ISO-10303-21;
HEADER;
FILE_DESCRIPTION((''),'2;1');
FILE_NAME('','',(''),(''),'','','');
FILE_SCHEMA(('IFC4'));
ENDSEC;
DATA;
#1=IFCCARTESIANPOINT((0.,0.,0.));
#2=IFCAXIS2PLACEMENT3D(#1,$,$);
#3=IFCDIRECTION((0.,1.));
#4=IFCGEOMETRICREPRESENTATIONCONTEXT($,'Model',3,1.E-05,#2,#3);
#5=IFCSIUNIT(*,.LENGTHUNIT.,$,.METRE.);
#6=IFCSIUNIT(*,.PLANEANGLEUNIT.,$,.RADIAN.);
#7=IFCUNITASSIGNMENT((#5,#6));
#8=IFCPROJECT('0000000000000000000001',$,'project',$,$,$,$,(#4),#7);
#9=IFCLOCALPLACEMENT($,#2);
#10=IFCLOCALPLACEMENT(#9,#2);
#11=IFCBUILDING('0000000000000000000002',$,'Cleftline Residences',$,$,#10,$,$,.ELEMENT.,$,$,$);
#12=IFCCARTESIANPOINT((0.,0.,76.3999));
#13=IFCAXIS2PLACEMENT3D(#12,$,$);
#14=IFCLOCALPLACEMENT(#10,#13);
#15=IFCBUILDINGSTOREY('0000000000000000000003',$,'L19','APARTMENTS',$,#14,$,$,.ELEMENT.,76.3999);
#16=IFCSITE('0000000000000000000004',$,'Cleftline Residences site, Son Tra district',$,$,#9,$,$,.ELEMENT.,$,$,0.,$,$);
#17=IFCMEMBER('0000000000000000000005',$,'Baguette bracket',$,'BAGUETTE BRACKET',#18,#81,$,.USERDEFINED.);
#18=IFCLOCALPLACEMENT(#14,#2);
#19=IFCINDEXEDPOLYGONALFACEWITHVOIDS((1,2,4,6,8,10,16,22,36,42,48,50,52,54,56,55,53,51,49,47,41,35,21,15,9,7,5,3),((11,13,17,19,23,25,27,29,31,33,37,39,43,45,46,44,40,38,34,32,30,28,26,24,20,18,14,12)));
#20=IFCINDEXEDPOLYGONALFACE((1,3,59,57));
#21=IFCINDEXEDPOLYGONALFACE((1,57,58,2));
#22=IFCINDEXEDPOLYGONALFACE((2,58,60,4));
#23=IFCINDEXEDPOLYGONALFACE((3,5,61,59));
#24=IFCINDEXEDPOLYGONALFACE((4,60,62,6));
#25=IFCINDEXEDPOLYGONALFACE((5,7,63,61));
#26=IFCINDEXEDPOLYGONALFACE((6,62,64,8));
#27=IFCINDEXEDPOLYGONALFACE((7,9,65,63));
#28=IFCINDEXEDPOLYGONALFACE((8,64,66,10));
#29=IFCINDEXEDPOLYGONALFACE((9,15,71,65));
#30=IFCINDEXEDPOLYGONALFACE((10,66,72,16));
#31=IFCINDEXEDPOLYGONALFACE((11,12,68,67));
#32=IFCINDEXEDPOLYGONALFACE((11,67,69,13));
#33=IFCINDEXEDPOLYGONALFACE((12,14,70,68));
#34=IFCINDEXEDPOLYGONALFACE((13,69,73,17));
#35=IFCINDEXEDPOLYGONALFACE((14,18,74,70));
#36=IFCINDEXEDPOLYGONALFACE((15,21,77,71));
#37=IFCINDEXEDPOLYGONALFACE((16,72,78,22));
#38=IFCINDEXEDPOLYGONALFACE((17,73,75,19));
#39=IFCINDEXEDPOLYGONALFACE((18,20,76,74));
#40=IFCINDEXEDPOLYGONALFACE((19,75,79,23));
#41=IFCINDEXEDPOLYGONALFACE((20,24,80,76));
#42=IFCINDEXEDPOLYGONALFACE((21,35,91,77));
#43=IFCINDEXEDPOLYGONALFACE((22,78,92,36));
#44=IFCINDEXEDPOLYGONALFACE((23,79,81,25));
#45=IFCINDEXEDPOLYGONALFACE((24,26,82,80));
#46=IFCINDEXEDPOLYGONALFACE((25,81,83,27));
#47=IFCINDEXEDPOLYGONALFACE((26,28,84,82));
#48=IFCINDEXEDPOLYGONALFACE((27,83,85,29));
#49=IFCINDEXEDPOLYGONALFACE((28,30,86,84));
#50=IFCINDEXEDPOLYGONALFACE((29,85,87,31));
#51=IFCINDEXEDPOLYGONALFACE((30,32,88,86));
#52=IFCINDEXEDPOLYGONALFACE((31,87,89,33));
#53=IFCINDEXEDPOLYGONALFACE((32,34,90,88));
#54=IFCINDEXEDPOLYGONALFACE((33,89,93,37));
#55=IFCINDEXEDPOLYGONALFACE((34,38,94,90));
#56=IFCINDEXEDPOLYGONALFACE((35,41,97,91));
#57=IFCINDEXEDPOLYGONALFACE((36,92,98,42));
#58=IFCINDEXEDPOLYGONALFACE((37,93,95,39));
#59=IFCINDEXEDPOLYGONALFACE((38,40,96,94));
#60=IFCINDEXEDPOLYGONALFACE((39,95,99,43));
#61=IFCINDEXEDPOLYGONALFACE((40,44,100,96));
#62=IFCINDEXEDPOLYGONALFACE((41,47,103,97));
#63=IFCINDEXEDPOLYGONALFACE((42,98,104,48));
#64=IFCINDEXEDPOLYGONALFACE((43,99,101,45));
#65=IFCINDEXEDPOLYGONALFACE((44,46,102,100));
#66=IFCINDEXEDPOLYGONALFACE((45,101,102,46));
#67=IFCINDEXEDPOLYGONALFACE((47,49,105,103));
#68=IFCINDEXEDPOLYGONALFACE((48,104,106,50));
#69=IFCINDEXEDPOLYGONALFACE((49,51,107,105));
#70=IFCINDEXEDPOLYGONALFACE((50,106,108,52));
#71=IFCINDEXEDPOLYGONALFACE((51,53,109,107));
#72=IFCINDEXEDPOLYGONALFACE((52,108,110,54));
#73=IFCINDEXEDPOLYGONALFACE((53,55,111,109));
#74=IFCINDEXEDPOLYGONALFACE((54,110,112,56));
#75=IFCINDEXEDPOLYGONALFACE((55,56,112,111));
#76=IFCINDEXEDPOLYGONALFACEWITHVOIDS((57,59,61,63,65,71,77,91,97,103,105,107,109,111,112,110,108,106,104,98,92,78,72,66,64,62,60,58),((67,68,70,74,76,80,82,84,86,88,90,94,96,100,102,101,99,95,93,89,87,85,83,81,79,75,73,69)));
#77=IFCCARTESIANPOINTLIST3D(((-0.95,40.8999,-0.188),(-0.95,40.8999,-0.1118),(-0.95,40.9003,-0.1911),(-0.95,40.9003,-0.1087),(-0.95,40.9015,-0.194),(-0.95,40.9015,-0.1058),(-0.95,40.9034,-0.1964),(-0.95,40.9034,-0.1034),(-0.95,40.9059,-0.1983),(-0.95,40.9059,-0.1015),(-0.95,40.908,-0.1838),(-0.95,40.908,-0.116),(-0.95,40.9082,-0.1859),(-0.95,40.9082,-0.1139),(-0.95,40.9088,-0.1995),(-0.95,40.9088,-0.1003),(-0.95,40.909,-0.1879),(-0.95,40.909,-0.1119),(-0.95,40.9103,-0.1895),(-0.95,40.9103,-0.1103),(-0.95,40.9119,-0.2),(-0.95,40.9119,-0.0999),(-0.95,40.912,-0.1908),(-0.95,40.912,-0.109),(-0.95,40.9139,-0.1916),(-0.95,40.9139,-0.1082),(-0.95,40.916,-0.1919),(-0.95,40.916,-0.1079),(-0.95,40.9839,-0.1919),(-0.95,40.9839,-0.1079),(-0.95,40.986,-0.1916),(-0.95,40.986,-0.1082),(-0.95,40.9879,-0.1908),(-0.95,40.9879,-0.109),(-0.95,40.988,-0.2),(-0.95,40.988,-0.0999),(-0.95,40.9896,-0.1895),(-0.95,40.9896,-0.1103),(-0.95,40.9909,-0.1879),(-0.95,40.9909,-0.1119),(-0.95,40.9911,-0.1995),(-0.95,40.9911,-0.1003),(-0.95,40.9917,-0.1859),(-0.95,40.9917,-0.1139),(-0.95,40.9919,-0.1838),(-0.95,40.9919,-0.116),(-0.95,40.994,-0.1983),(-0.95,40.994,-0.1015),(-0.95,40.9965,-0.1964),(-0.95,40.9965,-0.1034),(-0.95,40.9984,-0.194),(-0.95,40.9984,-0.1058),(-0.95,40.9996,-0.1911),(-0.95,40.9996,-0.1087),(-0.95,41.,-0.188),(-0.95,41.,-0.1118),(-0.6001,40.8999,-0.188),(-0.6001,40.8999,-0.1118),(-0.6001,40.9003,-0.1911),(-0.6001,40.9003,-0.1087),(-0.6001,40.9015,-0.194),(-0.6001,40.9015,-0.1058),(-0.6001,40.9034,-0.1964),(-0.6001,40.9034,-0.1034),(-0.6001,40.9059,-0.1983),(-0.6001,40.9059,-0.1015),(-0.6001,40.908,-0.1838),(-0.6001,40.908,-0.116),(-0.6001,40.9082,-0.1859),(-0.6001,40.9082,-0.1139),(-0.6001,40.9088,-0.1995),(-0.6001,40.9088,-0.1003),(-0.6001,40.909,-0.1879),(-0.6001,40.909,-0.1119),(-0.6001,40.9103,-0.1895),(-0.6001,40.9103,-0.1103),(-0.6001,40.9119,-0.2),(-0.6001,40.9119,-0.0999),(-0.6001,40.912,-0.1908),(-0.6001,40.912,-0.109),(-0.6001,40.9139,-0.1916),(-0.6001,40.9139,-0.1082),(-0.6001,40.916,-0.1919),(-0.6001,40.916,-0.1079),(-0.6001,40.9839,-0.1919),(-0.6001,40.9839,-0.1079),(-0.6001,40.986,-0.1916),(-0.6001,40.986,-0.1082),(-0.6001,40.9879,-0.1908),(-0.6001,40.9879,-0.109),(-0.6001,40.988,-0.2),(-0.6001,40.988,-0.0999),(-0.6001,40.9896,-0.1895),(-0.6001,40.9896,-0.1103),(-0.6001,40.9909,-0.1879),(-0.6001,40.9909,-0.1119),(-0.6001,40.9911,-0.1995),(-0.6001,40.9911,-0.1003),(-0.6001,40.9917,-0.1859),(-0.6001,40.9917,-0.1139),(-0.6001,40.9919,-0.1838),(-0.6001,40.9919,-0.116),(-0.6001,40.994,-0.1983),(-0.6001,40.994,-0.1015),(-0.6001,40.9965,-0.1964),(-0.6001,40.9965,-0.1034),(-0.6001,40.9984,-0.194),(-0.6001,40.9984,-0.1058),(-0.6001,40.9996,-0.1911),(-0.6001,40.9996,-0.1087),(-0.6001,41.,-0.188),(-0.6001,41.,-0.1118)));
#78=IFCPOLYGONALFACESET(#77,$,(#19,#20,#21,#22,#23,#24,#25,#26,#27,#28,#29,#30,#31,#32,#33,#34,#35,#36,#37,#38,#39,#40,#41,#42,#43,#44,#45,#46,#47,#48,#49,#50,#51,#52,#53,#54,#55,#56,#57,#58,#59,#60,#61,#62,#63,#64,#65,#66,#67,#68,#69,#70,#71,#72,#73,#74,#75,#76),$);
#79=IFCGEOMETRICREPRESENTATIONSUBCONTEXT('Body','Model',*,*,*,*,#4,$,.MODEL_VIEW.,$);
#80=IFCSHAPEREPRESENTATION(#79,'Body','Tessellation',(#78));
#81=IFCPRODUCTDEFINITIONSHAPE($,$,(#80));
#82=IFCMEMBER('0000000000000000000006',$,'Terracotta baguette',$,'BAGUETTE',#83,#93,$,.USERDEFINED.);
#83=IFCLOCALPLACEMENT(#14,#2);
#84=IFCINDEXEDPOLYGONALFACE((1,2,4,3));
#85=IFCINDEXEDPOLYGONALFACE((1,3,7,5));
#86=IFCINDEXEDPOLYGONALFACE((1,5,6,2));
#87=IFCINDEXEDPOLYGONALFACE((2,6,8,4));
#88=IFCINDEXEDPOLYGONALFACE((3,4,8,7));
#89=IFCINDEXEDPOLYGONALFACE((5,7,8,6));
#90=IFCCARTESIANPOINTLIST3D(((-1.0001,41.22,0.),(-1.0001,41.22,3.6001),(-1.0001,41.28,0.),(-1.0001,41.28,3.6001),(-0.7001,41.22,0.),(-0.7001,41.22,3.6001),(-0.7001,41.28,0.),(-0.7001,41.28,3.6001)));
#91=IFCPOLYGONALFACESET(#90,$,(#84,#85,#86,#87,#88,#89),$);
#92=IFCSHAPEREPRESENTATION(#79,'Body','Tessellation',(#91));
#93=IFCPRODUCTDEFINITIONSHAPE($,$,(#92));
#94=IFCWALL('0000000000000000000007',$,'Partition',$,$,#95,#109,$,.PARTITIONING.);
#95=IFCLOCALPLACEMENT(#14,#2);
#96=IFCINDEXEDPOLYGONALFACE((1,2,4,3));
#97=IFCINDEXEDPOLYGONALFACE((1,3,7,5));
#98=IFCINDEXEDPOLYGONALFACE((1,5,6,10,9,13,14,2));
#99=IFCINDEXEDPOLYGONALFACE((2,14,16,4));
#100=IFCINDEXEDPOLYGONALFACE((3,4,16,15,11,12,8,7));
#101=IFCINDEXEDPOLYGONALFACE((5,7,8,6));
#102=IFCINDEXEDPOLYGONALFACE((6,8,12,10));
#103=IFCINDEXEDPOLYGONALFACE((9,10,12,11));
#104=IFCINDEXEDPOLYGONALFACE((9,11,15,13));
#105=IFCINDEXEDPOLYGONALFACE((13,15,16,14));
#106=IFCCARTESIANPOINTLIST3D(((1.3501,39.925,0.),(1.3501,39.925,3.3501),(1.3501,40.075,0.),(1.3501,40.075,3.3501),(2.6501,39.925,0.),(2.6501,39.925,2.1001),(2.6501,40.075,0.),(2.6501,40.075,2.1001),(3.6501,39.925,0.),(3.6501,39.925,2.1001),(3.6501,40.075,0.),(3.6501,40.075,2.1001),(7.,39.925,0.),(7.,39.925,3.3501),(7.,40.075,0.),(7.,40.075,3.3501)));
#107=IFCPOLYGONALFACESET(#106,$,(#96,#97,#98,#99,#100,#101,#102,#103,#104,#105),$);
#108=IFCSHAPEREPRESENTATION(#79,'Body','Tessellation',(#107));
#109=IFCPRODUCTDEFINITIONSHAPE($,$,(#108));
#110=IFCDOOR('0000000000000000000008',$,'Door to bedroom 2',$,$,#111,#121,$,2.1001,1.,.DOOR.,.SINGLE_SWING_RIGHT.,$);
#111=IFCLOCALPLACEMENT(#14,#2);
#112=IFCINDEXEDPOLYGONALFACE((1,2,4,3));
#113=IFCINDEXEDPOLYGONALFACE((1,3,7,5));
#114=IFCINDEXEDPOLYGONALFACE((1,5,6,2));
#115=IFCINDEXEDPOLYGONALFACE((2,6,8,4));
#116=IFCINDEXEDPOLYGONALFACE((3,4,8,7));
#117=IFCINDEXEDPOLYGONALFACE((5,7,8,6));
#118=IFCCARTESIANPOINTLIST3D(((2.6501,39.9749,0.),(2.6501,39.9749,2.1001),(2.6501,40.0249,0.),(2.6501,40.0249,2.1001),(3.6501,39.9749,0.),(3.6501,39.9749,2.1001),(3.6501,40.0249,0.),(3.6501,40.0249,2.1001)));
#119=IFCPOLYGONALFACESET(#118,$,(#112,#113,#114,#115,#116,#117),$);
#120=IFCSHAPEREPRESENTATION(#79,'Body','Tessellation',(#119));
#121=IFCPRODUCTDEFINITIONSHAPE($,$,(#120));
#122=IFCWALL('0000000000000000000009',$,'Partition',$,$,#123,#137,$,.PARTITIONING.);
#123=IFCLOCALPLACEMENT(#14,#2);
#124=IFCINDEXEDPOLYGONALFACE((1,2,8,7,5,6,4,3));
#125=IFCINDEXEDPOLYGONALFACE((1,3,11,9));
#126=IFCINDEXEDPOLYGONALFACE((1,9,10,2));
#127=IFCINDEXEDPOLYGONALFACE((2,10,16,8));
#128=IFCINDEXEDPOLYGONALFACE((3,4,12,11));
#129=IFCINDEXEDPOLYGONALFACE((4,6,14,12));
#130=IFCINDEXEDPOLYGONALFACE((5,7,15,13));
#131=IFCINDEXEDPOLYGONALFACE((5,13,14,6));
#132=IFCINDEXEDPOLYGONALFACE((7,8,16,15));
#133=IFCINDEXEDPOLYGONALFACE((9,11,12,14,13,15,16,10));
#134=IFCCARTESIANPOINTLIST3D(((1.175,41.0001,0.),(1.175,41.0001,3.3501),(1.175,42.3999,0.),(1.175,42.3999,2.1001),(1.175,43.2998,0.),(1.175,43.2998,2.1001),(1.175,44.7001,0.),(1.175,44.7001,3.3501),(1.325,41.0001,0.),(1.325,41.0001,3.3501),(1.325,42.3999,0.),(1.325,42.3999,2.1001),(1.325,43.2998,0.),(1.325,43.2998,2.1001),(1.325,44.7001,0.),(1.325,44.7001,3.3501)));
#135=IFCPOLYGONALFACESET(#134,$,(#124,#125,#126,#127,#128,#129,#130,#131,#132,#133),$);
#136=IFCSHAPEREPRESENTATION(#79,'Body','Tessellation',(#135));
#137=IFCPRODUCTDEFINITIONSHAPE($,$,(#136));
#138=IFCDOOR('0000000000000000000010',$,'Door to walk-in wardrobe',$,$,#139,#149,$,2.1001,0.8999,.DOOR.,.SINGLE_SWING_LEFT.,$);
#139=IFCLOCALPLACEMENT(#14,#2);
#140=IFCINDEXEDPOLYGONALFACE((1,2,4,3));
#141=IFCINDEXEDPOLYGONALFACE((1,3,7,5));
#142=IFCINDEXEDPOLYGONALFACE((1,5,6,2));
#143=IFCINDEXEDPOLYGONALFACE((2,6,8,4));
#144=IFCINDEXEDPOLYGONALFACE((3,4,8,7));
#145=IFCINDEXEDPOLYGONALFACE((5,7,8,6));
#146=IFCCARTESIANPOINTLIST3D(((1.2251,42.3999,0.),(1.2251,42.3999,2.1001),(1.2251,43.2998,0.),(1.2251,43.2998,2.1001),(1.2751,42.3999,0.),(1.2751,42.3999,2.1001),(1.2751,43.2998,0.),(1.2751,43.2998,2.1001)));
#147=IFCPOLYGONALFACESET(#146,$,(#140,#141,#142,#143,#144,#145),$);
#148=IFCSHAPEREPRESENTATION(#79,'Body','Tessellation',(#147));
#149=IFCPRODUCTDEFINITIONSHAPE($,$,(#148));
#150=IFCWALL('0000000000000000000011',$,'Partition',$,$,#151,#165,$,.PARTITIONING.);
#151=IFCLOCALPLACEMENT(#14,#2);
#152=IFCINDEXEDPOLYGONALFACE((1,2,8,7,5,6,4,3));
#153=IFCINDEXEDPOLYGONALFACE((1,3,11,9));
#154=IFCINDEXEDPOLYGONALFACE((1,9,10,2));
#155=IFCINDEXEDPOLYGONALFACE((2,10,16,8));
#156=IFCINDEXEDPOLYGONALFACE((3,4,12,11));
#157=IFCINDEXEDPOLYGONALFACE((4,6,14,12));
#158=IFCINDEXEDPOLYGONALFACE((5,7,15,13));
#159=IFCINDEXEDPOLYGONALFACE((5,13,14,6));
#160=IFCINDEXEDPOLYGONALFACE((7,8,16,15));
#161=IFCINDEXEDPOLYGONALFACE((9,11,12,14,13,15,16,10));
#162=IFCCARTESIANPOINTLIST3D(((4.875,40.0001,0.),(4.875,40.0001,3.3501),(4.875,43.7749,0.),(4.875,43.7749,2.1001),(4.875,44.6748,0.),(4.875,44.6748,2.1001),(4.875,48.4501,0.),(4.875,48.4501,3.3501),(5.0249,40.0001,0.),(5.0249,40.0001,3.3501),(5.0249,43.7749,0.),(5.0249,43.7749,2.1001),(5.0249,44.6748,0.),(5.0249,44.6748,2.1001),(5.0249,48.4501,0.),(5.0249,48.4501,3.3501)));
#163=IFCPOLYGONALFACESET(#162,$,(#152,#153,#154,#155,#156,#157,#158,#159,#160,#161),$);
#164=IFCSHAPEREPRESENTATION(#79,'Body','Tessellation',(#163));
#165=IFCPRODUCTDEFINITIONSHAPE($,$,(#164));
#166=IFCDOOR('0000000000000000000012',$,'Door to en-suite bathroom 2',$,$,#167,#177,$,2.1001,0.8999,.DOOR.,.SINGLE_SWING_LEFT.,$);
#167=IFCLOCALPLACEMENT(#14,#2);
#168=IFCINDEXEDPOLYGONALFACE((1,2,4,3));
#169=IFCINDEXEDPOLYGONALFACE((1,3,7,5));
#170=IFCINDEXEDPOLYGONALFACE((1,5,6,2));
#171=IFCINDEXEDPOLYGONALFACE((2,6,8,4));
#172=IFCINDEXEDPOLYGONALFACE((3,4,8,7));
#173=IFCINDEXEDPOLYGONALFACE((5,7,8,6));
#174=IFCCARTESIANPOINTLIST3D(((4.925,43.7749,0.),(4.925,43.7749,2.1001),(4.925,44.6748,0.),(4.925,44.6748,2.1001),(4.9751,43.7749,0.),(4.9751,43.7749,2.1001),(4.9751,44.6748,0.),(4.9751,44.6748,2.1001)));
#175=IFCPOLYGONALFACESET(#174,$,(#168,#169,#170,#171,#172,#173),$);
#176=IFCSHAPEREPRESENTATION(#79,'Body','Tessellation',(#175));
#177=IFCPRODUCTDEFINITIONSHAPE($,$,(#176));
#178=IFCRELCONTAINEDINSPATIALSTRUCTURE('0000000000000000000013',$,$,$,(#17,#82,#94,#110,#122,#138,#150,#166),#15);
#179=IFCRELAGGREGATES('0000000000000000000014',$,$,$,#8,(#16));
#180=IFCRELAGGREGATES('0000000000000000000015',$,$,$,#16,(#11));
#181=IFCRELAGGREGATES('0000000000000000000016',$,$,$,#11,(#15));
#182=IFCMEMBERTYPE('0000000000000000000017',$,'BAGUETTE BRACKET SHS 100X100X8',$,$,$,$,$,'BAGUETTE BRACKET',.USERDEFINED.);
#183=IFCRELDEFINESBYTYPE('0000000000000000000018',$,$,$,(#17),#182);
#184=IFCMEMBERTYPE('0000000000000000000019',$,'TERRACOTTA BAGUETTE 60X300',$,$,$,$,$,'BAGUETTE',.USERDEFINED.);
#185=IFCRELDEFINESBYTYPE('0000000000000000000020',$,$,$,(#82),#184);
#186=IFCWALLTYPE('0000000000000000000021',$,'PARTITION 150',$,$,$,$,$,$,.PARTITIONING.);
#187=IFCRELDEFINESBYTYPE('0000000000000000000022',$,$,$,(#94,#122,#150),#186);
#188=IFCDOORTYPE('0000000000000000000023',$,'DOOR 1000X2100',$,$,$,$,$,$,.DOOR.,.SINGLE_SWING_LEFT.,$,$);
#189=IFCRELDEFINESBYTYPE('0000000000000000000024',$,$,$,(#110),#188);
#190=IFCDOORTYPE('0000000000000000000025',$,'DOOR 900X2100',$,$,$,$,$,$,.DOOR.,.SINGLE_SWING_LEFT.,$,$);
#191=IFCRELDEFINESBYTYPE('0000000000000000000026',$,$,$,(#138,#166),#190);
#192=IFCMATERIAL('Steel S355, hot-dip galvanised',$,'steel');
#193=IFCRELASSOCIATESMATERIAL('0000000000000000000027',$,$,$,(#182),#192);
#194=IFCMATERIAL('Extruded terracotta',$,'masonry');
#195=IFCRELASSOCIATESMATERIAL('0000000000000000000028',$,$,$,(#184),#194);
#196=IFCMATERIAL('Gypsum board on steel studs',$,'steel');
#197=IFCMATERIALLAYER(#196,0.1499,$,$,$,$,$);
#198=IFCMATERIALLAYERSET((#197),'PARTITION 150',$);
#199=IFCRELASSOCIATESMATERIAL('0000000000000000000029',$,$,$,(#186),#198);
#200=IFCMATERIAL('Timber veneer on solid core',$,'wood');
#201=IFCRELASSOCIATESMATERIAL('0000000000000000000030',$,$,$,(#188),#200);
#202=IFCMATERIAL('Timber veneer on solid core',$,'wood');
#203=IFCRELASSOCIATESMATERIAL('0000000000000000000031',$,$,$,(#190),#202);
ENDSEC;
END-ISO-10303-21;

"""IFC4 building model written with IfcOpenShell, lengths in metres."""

from ifc_helpers import new_model, si_unit, direction, frame, frame_2d, origin, origin_2d, place, context, subcontext, project, spatial, rectangle, hollow_rectangle, extrude, material, layer, layer_set, material_profile, profile_set, type_object, element, fill, save


model = new_model("IFC4")

# Units and contexts
model_context = context("Model", 3, precision=1e-05, world=origin(), true_north=direction((0.0, 1.0)))
body_context = subcontext(model_context, "Body", "Model", "MODEL_VIEW")
ifc_project = project(units=[si_unit("LENGTHUNIT", "METRE"), si_unit("PLANEANGLEUNIT", "RADIAN")], contexts=[model_context])

# Site, building, storey
site_placement = place(None, origin())
site = spatial("IfcSite", under=ifc_project, at=site_placement, Name="Cleftline Residences site, Son Tra district", CompositionType="ELEMENT", RefElevation=0.0)
building_placement = place(site_placement, origin())
building = spatial("IfcBuilding", under=site, at=building_placement, Name="Cleftline Residences", CompositionType="ELEMENT")
storey_placement = place(building_placement, frame((0.0, 0.0, 76.3999)))
storey = spatial("IfcBuildingStorey", under=building, at=storey_placement, Name="L19", Description="APARTMENTS", CompositionType="ELEMENT", Elevation=76.3999)

# Members
ifc_material_1 = material(Name="Steel S355, hot-dip galvanised", Category="steel")
ifc_material_profile_1 = material_profile(ifc_material_1, hollow_rectangle(XDim=0.1001, YDim=0.1001, WallThickness=0.0081, InnerFilletRadius=0.0081, OuterFilletRadius=0.012, at=origin_2d()))
ifc_profile_set_1 = profile_set([ifc_material_profile_1], Name="Steel S355, hot-dip galvanised")
member_type_1 = type_object("IfcMemberType", Name="BAGUETTE BRACKET SHS 100X100X8", ElementType="BAGUETTE BRACKET", PredefinedType="USERDEFINED", material=ifc_profile_set_1)
member_1_placement = place(storey_placement, frame((-0.6001, 40.95, -0.1499), z_axis=(-1.0, 0.0, 0.0), x_axis=(0.0, -1.0, 0.0)))
element("IfcMember", 1, at=member_1_placement, inside=storey, type_object=member_type_1, Name="Baguette bracket", ObjectType="BAGUETTE BRACKET", PredefinedType="USERDEFINED", context=body_context, shape_type="SweptSolid", body=[
    extrude(hollow_rectangle(XDim=0.1001, YDim=0.1001, WallThickness=0.0081, InnerFilletRadius=0.0081, OuterFilletRadius=0.012, at=origin_2d()), origin(), (0.0, 0.0, 1.0), 0.3499),
])
ifc_material_2 = material(Name="Extruded terracotta", Category="masonry")
ifc_material_profile_2 = material_profile(ifc_material_2, rectangle(XDim=0.0601, YDim=0.3, at=origin_2d()))
ifc_profile_set_2 = profile_set([ifc_material_profile_2], Name="Extruded terracotta")
member_type_2 = type_object("IfcMemberType", Name="TERRACOTTA BAGUETTE 60X300", ElementType="BAGUETTE", PredefinedType="USERDEFINED", material=ifc_profile_set_2)
member_2_placement = place(storey_placement, frame((-0.8501, 41.25, 0.0), z_axis=(0.0, 0.0, 1.0), x_axis=(0.0, 1.0, 0.0)))
element("IfcMember", 2, at=member_2_placement, inside=storey, type_object=member_type_2, Name="Terracotta baguette", ObjectType="BAGUETTE", PredefinedType="USERDEFINED", context=body_context, shape_type="SweptSolid", body=[
    extrude(rectangle(XDim=0.0601, YDim=0.3, at=origin_2d()), origin(), (0.0, 0.0, 1.0), 3.6001),
])

# Walls, openings, doors
ifc_material_3 = material(Name="Gypsum board on steel studs", Category="steel")
ifc_layer = layer(ifc_material_3, 0.1499)
ifc_layer_set = layer_set([ifc_layer], Name="PARTITION 150")
wall_type = type_object("IfcWallType", Name="PARTITION 150", PredefinedType="PARTITIONING", material=ifc_layer_set)
wall_1_placement = place(storey_placement, frame((1.3501, 40.0, 0.0), z_axis=(0.0, 0.0, 1.0), x_axis=(1.0, 0.0, 0.0)))
wall_1 = element("IfcWall", 3, at=wall_1_placement, inside=storey, type_object=wall_type, Name="Partition", PredefinedType="PARTITIONING", context=body_context, shape_type="SweptSolid", body=[
    extrude(rectangle(XDim=5.6499, YDim=0.1499, at=frame_2d((2.825, 0.0))), origin(), (0.0, 0.0, 1.0), 3.3501),
])
opening_1_placement = place(wall_1_placement, frame((1.3, 0.0, 0.0)))
opening_1 = element("IfcOpeningElement", 4, at=opening_1_placement, cuts=wall_1, PredefinedType="OPENING", context=body_context, shape_type="SweptSolid", body=[
    extrude(rectangle(XDim=1.0, YDim=2.1001, at=frame_2d((0.5, 1.05))), frame((0.0, 0.085, 0.0), z_axis=(0.0, -1.0, 0.0), x_axis=(1.0, 0.0, 0.0)), (0.0, 0.0, 1.0), 0.1699),
])
ifc_material_4 = material(Name="Timber veneer on solid core", Category="wood")
door_type_1 = type_object("IfcDoorType", Name="DOOR 1000X2100", OperationType="SINGLE_SWING_LEFT", PredefinedType="DOOR", material=ifc_material_4)
door_1_placement = place(opening_1_placement, origin())
door_1 = element("IfcDoor", 5, at=door_1_placement, inside=storey, type_object=door_type_1, Name="Door to bedroom 2", OperationType="SINGLE_SWING_RIGHT", OverallHeight=2.1001, OverallWidth=1.0, PredefinedType="DOOR", context=body_context, shape_type="SweptSolid", body=[
    extrude(rectangle(XDim=1.0, YDim=2.1001, at=frame_2d((0.5, 1.05))), frame((0.0, 0.0249, 0.0), z_axis=(0.0, -1.0, 0.0), x_axis=(1.0, 0.0, 0.0)), (0.0, 0.0, 1.0), 0.05),
])
fill(opening_1, door_1)
wall_2_placement = place(storey_placement, frame((1.25, 41.0, 0.0), z_axis=(0.0, 0.0, 1.0), x_axis=(0.0, 1.0, 0.0)))
wall_2 = element("IfcWall", 6, at=wall_2_placement, inside=storey, type_object=wall_type, Name="Partition", PredefinedType="PARTITIONING", context=body_context, shape_type="SweptSolid", body=[
    extrude(rectangle(XDim=3.7, YDim=0.1499, at=frame_2d((1.8501, 0.0))), origin(), (0.0, 0.0, 1.0), 3.3501),
])
opening_2_placement = place(wall_2_placement, frame((1.3999, 0.0, 0.0)))
opening_2 = element("IfcOpeningElement", 7, at=opening_2_placement, cuts=wall_2, PredefinedType="OPENING", context=body_context, shape_type="SweptSolid", body=[
    extrude(rectangle(XDim=0.8999, YDim=2.1001, at=frame_2d((0.45, 1.05))), frame((0.0, 0.085, 0.0), z_axis=(0.0, -1.0, 0.0), x_axis=(1.0, 0.0, 0.0)), (0.0, 0.0, 1.0), 0.1699),
])
ifc_material_5 = material(Name="Timber veneer on solid core", Category="wood")
door_type_2 = type_object("IfcDoorType", Name="DOOR 900X2100", OperationType="SINGLE_SWING_LEFT", PredefinedType="DOOR", material=ifc_material_5)
door_2_placement = place(opening_2_placement, origin())
door_2 = element("IfcDoor", 8, at=door_2_placement, inside=storey, type_object=door_type_2, Name="Door to walk-in wardrobe", OperationType="SINGLE_SWING_LEFT", OverallHeight=2.1001, OverallWidth=0.8999, PredefinedType="DOOR", context=body_context, shape_type="SweptSolid", body=[
    extrude(rectangle(XDim=0.8999, YDim=2.1001, at=frame_2d((0.45, 1.05))), frame((0.0, 0.0249, 0.0), z_axis=(0.0, -1.0, 0.0), x_axis=(1.0, 0.0, 0.0)), (0.0, 0.0, 1.0), 0.05),
])
fill(opening_2, door_2)
wall_3_placement = place(storey_placement, frame((4.95, 40.0, 0.0), z_axis=(0.0, 0.0, 1.0), x_axis=(0.0, 1.0, 0.0)))
wall_3 = element("IfcWall", 9, at=wall_3_placement, inside=storey, type_object=wall_type, Name="Partition", PredefinedType="PARTITIONING", context=body_context, shape_type="SweptSolid", body=[
    extrude(rectangle(XDim=8.45, YDim=0.1499, at=frame_2d((4.2251, 0.0))), origin(), (0.0, 0.0, 1.0), 3.3501),
])
opening_3_placement = place(wall_3_placement, frame((3.7749, 0.0, 0.0)))
opening_3 = element("IfcOpeningElement", 10, at=opening_3_placement, cuts=wall_3, PredefinedType="OPENING", context=body_context, shape_type="SweptSolid", body=[
    extrude(rectangle(XDim=0.8999, YDim=2.1001, at=frame_2d((0.45, 1.05))), frame((0.0, 0.085, 0.0), z_axis=(0.0, -1.0, 0.0), x_axis=(1.0, 0.0, 0.0)), (0.0, 0.0, 1.0), 0.1699),
])
door_3_placement = place(opening_3_placement, origin())
door_3 = element("IfcDoor", 11, at=door_3_placement, inside=storey, type_object=door_type_2, Name="Door to en-suite bathroom 2", OperationType="SINGLE_SWING_LEFT", OverallHeight=2.1001, OverallWidth=0.8999, PredefinedType="DOOR", context=body_context, shape_type="SweptSolid", body=[
    extrude(rectangle(XDim=0.8999, YDim=2.1001, at=frame_2d((0.45, 1.05))), frame((0.0, 0.0249, 0.0), z_axis=(0.0, -1.0, 0.0), x_axis=(1.0, 0.0, 0.0)), (0.0, 0.0, 1.0), 0.05),
])
fill(opening_3, door_3)

save(model, "model.ifc")
